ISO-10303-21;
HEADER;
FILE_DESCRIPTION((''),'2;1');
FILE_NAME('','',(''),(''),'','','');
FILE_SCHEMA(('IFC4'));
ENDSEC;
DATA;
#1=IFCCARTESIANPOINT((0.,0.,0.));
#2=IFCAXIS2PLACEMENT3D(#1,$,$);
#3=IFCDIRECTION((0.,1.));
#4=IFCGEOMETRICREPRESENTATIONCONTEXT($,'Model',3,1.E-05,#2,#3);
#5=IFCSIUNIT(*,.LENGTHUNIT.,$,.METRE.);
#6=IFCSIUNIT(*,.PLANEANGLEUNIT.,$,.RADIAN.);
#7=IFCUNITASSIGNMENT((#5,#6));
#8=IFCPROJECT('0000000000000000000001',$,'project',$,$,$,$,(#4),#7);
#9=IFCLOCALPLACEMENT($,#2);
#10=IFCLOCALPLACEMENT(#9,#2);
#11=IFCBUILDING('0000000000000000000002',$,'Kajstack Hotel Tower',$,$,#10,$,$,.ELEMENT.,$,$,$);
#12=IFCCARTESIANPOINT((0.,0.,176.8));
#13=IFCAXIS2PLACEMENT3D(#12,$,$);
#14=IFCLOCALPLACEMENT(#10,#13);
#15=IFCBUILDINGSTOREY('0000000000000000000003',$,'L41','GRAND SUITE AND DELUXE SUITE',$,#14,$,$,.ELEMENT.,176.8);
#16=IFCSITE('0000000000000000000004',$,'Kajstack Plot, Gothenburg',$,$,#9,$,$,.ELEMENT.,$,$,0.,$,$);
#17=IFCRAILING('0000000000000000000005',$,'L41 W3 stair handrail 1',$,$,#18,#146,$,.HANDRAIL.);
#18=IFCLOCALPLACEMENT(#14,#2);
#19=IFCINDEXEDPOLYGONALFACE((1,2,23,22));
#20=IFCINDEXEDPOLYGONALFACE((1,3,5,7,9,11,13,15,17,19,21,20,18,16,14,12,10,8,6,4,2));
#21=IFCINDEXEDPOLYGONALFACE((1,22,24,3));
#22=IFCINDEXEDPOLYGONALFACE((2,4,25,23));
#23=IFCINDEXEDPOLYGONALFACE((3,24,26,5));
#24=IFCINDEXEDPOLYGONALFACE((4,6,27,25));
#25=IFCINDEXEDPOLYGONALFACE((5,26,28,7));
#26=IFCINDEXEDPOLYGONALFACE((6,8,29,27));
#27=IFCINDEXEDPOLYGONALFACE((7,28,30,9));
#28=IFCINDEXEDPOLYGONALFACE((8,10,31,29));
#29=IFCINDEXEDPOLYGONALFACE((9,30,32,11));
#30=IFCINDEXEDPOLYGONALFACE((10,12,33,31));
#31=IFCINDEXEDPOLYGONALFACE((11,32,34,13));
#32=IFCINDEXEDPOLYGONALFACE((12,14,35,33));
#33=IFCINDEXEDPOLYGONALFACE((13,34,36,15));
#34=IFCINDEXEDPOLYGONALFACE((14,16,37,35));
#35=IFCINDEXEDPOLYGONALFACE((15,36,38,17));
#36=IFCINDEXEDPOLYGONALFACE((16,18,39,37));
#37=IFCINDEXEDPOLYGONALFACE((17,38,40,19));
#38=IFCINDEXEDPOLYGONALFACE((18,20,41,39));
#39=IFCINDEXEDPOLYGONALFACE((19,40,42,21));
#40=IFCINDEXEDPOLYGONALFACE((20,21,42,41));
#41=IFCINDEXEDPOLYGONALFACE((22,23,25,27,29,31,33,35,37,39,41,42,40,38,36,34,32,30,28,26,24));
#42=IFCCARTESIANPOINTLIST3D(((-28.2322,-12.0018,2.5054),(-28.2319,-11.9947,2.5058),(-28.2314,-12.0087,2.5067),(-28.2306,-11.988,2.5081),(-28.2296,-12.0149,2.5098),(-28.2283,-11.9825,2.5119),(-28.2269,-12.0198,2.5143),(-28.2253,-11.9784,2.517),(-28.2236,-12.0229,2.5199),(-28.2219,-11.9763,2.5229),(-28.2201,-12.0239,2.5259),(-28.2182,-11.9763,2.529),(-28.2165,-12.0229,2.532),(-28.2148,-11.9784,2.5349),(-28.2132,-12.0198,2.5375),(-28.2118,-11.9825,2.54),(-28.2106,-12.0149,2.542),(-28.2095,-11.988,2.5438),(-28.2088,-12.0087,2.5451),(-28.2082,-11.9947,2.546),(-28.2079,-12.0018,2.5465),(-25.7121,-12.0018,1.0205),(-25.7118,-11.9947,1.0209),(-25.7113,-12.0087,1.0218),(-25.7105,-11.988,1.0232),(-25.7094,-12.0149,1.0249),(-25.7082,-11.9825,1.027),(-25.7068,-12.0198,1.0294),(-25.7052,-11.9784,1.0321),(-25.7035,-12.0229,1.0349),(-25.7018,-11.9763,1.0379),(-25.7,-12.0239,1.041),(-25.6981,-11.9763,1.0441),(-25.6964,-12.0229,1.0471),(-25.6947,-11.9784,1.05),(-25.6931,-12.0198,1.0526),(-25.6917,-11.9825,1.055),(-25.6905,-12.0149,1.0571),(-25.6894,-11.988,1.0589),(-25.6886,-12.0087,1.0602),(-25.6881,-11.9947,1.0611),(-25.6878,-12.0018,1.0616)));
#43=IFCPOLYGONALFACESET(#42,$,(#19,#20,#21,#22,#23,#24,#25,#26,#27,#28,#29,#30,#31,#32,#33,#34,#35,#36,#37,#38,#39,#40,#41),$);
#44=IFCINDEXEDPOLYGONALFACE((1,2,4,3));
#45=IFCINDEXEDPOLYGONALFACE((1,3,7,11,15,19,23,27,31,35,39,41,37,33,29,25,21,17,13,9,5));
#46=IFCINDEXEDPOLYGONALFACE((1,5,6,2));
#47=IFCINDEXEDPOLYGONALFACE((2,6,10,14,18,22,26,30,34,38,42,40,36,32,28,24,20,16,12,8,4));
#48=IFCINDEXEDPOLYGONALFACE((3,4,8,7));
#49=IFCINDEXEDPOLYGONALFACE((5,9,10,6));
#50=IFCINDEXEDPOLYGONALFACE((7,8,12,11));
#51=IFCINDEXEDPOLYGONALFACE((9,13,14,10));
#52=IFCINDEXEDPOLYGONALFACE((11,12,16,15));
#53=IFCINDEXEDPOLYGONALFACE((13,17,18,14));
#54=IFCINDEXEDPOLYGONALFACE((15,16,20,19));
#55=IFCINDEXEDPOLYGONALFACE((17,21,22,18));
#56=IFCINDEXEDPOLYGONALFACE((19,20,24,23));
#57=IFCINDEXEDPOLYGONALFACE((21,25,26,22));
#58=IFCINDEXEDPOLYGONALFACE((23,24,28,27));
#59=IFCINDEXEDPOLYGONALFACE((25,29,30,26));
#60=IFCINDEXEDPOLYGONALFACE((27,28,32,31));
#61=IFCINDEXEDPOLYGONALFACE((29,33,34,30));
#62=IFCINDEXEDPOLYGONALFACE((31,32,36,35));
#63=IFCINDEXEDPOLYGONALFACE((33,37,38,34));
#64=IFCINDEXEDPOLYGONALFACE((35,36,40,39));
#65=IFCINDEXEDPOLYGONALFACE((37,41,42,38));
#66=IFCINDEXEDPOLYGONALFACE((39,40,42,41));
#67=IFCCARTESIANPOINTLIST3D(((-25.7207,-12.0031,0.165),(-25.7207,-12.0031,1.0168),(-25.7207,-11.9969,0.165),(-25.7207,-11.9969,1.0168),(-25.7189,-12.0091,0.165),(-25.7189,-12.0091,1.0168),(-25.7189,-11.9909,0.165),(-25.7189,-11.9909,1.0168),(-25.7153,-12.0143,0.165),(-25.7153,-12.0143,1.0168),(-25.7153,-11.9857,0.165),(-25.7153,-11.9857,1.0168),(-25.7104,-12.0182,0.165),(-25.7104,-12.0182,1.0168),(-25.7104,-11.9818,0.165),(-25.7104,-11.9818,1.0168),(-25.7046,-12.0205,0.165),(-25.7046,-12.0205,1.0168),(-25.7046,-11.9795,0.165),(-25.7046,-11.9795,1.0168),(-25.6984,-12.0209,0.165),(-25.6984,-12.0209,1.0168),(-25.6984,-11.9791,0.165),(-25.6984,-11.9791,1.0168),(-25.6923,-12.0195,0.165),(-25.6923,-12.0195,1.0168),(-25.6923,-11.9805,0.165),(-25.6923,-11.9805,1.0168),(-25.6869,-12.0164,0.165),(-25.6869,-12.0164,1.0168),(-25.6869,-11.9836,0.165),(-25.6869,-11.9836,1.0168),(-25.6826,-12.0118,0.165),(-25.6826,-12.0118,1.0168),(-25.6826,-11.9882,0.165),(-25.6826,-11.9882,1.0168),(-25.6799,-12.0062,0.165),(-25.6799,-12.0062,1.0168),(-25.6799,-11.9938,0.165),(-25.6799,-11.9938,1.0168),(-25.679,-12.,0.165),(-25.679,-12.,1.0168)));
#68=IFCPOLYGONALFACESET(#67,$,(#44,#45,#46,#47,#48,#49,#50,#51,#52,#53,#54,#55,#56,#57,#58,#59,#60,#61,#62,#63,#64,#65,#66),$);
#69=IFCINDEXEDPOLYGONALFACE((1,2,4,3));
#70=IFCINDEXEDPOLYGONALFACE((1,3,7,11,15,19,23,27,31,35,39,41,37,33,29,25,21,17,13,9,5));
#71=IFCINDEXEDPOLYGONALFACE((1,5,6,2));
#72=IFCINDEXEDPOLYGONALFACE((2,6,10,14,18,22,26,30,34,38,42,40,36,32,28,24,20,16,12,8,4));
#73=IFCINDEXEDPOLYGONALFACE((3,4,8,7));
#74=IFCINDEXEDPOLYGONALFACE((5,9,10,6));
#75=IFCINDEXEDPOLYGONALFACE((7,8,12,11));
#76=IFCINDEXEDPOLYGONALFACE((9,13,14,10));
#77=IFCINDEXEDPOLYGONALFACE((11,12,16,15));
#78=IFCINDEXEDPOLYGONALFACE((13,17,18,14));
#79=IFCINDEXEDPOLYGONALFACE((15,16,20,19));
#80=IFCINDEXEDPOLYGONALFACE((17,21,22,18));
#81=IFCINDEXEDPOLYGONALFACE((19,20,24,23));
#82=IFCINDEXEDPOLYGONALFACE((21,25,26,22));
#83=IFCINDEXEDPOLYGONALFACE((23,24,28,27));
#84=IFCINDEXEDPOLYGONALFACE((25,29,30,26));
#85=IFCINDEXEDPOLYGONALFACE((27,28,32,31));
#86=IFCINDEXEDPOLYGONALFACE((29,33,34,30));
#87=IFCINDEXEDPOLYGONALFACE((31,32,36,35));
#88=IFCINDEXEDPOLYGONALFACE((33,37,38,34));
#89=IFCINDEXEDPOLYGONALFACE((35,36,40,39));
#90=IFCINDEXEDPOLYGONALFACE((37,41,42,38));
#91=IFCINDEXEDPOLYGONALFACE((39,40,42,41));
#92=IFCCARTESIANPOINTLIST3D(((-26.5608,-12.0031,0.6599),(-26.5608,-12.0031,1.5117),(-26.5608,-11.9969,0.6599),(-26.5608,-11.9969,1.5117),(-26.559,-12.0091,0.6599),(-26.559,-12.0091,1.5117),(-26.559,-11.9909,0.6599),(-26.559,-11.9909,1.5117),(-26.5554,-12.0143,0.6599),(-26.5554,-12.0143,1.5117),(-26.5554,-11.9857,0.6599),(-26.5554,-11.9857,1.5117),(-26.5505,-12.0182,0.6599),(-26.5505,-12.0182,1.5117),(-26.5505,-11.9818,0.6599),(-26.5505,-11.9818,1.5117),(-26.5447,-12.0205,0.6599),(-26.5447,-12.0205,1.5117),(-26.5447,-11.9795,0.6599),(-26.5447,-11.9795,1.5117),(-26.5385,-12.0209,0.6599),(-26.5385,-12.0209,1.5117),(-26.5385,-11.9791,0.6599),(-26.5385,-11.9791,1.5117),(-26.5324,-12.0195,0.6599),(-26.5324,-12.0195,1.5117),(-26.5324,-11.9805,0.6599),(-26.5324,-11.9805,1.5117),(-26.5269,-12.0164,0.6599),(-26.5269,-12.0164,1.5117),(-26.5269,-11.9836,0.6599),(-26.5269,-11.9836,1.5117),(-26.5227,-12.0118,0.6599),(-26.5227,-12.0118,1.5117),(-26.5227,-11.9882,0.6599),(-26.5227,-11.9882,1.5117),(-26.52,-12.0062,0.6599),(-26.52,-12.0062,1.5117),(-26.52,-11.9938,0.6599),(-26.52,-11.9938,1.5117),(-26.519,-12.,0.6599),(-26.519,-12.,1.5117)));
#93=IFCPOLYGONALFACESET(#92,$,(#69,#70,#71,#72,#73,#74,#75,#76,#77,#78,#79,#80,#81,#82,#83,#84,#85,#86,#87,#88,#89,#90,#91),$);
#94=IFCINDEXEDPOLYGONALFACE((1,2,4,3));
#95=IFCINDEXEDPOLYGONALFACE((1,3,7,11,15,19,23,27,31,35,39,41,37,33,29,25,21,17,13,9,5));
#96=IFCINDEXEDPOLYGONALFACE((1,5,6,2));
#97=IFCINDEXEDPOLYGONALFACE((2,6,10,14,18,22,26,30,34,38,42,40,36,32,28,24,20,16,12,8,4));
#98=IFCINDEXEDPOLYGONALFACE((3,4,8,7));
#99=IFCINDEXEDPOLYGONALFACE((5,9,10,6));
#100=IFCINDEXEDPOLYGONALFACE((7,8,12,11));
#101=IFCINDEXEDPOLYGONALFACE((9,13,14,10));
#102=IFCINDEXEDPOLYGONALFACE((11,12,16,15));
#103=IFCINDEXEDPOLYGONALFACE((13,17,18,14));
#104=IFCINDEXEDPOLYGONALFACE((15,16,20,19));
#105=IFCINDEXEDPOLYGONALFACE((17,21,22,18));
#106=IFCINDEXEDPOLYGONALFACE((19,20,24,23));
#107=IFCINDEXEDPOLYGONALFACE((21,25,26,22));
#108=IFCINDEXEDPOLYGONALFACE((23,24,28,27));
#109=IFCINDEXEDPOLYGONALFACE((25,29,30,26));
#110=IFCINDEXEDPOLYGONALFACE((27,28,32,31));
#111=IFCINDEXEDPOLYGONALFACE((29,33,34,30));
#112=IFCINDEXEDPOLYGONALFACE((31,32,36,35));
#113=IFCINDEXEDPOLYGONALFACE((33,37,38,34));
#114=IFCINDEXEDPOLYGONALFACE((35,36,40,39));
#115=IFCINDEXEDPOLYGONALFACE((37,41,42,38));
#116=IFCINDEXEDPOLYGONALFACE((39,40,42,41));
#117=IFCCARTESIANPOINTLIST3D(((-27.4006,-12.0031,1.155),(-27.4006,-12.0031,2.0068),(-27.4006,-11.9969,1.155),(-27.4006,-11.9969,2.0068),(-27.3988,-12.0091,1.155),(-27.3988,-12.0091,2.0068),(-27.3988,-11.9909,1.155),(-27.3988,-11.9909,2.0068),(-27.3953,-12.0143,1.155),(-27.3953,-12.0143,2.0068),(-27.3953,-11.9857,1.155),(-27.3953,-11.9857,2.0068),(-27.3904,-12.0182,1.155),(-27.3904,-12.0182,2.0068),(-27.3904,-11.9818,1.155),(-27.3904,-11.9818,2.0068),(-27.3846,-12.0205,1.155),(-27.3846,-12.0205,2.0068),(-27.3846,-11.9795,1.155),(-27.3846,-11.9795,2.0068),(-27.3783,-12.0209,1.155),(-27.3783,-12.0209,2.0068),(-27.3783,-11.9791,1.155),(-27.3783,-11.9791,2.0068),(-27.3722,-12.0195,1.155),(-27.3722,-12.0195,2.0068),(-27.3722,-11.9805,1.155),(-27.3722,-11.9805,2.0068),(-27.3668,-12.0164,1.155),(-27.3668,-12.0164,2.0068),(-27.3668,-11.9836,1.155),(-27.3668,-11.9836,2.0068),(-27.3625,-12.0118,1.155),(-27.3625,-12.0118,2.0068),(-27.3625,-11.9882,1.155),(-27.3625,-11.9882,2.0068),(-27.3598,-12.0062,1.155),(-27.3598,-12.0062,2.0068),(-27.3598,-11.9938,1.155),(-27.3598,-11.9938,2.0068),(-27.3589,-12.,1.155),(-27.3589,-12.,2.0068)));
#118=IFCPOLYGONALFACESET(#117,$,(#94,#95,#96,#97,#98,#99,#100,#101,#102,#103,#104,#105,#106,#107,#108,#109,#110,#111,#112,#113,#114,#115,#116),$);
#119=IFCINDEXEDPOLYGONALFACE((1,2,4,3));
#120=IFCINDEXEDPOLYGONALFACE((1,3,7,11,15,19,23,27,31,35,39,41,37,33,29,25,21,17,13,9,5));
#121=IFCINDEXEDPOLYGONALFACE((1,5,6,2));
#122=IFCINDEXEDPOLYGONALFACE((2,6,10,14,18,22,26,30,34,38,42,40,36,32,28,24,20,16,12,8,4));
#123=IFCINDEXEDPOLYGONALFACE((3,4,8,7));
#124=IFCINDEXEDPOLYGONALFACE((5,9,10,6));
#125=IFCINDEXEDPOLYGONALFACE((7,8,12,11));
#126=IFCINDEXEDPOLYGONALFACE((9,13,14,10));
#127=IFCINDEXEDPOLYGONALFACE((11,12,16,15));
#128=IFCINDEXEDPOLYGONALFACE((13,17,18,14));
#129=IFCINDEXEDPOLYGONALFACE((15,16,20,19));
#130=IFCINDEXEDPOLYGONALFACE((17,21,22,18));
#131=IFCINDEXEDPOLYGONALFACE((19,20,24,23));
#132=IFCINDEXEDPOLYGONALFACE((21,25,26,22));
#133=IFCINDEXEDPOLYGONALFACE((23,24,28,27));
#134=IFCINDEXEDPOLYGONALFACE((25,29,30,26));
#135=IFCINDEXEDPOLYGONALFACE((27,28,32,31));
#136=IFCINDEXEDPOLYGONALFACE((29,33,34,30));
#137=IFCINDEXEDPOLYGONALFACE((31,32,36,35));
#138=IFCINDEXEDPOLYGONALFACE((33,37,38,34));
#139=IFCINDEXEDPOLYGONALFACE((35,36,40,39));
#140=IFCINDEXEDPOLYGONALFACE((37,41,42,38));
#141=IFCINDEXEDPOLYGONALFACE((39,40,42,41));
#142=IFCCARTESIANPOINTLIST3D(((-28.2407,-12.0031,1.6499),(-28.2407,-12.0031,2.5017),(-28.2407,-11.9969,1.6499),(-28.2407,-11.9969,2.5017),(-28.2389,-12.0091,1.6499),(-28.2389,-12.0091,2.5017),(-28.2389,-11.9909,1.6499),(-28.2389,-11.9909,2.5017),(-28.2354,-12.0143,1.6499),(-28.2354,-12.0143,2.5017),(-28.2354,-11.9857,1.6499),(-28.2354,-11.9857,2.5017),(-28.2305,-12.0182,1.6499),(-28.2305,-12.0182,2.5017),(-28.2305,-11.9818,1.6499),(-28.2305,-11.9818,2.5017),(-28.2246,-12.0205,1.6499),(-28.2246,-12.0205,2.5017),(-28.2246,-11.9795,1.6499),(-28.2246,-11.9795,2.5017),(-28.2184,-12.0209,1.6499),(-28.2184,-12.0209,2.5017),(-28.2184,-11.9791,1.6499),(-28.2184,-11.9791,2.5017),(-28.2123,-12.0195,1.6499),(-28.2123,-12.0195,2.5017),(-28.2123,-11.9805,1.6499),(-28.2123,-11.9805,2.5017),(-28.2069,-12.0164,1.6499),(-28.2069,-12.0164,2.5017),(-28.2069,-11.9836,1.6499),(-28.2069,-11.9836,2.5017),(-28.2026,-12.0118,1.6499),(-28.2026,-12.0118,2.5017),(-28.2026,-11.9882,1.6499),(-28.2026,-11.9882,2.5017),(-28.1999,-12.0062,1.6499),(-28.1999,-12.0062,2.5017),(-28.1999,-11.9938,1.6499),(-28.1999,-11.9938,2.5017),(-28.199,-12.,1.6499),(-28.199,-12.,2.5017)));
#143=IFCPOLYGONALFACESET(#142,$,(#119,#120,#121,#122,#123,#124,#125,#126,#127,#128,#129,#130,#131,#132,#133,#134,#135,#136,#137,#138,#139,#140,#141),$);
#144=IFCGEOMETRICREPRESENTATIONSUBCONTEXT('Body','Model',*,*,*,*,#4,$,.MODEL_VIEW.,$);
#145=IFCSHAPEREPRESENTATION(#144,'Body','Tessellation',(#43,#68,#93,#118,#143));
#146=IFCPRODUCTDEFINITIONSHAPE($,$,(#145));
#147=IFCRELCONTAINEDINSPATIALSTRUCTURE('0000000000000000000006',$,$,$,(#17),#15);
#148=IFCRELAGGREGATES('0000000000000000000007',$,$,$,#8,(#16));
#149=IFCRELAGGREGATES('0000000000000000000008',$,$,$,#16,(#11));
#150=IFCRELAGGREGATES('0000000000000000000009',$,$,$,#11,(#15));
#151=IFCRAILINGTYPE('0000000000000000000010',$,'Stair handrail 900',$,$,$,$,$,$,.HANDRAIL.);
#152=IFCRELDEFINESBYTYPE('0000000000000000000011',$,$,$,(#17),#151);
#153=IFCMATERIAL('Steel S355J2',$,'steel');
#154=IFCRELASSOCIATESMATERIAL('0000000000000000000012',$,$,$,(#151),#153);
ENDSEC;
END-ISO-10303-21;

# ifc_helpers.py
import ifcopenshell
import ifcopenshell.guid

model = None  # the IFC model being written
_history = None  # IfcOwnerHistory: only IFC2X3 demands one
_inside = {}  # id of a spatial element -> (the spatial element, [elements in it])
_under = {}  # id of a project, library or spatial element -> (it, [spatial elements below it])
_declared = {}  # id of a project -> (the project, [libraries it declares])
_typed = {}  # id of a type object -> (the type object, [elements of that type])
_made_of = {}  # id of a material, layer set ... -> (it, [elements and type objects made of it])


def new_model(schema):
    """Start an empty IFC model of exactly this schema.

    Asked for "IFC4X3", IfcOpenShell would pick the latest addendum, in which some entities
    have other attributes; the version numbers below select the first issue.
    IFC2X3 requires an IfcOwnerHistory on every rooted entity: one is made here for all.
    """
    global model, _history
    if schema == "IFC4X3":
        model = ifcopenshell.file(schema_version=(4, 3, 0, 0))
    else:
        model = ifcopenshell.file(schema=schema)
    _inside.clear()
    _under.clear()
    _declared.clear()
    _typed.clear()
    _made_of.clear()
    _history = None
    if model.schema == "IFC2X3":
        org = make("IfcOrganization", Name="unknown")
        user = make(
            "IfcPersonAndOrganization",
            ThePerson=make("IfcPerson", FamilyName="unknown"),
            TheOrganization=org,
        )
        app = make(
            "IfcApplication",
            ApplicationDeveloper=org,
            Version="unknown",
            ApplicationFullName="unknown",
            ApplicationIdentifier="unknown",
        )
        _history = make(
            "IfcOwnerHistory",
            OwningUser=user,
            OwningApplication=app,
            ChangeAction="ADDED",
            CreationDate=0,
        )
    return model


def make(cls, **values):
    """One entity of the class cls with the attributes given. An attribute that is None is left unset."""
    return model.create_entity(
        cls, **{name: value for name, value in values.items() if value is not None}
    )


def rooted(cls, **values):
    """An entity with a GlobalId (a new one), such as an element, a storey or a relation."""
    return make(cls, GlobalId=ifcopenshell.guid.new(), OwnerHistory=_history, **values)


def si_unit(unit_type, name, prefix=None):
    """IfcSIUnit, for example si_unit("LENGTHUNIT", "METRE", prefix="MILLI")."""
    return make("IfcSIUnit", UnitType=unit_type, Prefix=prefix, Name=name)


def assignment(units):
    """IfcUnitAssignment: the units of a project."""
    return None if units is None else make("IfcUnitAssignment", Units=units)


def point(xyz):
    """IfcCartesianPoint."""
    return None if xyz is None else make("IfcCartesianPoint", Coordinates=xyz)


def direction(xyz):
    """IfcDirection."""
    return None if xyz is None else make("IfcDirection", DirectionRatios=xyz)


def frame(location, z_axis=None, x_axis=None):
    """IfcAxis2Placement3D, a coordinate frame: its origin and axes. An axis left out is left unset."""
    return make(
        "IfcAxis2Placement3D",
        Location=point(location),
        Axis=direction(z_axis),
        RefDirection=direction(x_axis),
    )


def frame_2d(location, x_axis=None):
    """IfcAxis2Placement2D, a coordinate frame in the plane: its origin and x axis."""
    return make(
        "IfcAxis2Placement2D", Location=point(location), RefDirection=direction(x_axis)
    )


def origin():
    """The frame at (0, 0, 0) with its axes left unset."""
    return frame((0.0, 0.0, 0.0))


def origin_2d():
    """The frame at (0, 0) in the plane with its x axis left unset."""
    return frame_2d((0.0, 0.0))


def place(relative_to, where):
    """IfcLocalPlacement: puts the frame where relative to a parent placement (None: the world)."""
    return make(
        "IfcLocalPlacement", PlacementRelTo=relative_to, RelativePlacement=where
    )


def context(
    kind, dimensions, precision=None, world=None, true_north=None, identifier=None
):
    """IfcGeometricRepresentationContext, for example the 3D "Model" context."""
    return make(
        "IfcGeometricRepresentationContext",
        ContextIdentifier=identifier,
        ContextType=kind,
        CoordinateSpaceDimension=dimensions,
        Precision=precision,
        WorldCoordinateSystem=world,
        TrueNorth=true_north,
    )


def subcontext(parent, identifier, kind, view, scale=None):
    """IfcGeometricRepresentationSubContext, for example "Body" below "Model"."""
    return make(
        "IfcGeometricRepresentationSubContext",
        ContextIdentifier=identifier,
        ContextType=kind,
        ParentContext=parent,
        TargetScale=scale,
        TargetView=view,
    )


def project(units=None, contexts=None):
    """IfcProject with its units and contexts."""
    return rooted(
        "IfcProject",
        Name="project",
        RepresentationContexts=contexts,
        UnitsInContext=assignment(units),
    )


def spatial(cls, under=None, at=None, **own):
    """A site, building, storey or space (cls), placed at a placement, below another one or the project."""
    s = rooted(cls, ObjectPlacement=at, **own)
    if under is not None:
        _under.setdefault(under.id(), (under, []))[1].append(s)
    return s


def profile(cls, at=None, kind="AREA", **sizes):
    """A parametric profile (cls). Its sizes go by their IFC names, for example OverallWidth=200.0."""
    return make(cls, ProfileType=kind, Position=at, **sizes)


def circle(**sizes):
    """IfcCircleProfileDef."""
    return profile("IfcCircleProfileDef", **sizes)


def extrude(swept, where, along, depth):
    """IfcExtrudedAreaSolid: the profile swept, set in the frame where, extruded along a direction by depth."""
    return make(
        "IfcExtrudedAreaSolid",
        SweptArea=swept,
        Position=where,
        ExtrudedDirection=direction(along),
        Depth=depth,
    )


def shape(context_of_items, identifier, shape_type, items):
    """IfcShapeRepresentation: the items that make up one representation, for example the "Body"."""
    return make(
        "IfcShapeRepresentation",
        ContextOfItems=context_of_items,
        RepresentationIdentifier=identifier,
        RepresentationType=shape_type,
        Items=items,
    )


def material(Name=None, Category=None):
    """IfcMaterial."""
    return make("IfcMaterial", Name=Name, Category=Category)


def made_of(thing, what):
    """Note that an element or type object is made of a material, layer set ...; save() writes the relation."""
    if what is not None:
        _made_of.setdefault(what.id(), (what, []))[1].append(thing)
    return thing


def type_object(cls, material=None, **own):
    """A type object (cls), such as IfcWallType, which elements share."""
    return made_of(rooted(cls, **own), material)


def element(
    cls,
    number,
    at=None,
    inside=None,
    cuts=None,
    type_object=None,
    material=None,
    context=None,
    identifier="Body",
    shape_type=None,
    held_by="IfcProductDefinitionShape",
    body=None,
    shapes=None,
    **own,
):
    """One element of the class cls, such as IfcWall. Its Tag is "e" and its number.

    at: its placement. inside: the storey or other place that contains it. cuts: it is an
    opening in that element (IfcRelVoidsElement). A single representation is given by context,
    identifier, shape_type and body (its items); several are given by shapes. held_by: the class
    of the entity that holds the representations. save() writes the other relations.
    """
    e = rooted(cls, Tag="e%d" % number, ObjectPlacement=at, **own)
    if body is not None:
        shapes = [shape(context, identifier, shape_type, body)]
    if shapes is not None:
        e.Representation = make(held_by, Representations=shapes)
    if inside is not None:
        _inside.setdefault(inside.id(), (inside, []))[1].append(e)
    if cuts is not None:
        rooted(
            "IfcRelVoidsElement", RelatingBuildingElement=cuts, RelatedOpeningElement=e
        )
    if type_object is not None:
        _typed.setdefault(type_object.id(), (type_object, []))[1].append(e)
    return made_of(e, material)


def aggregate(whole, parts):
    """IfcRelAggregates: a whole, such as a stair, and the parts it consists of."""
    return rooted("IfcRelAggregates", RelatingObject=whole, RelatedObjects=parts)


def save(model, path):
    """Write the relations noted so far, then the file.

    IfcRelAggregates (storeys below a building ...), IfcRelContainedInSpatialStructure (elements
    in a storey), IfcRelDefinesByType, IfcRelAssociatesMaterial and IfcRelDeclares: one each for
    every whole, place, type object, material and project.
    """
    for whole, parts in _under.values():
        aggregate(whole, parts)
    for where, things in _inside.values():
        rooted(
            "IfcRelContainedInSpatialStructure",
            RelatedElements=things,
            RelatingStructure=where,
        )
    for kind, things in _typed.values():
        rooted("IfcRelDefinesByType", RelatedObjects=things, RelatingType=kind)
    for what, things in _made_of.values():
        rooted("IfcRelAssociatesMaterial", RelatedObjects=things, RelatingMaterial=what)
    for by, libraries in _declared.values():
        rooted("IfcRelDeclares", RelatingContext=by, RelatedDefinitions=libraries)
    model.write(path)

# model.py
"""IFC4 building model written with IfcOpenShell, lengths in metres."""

from ifc_helpers import new_model, si_unit, direction, frame, origin, origin_2d, place, context, subcontext, project, spatial, circle, extrude, material, type_object, element, save


model = new_model("IFC4")

# Units and contexts
model_context = context("Model", 3, precision=1e-05, world=origin(), true_north=direction((0.0, 1.0)))
body_context = subcontext(model_context, "Body", "Model", "MODEL_VIEW")
ifc_project = project(units=[si_unit("LENGTHUNIT", "METRE"), si_unit("PLANEANGLEUNIT", "RADIAN")], contexts=[model_context])

# Site, building, storey
site_placement = place(None, origin())
site = spatial("IfcSite", under=ifc_project, at=site_placement, Name="Kajstack Plot, Gothenburg", CompositionType="ELEMENT", RefElevation=0.0)
building_placement = place(site_placement, origin())
building = spatial("IfcBuilding", under=site, at=building_placement, Name="Kajstack Hotel Tower", CompositionType="ELEMENT")
storey_placement = place(building_placement, frame((0.0, 0.0, 176.8)))
storey = spatial("IfcBuildingStorey", under=building, at=storey_placement, Name="L41", Description="GRAND SUITE AND DELUXE SUITE", CompositionType="ELEMENT", Elevation=176.8)

# Railing
ifc_material_1 = material(Name="Steel S355J2", Category="steel")
railing_type_1 = type_object("IfcRailingType", Name="Stair handrail 900", PredefinedType="HANDRAIL", material=ifc_material_1)
railing_1_placement = place(storey_placement, frame((-25.7, -12.0, 0.165)))
element("IfcRailing", 1, at=railing_1_placement, inside=storey, type_object=railing_type_1, Name="L41 W3 stair handrail 1", PredefinedType="HANDRAIL", context=body_context, shape_type="SweptSolid", body=[
    extrude(circle(Radius=0.0239, at=origin_2d()), frame((0.0, 0.0, 0.876), z_axis=(-0.861561, 0.0, 0.507655), x_axis=(0.0, -1.0, 0.0)), (0.0, 0.0, 1.0), 2.925),
    extrude(circle(Radius=0.021, at=origin_2d()), origin(), (0.0, 0.0, 1.0), 0.8518),
    extrude(circle(Radius=0.021, at=origin_2d()), frame((-0.8401, 0.0, 0.4949)), (0.0, 0.0, 1.0), 0.8518),
    extrude(circle(Radius=0.021, at=origin_2d()), frame((-1.6799, 0.0, 0.99)), (0.0, 0.0, 1.0), 0.8518),
    extrude(circle(Radius=0.021, at=origin_2d()), frame((-2.52, 0.0, 1.4849)), (0.0, 0.0, 1.0), 0.8518),
])

save(model, "model.ifc")
